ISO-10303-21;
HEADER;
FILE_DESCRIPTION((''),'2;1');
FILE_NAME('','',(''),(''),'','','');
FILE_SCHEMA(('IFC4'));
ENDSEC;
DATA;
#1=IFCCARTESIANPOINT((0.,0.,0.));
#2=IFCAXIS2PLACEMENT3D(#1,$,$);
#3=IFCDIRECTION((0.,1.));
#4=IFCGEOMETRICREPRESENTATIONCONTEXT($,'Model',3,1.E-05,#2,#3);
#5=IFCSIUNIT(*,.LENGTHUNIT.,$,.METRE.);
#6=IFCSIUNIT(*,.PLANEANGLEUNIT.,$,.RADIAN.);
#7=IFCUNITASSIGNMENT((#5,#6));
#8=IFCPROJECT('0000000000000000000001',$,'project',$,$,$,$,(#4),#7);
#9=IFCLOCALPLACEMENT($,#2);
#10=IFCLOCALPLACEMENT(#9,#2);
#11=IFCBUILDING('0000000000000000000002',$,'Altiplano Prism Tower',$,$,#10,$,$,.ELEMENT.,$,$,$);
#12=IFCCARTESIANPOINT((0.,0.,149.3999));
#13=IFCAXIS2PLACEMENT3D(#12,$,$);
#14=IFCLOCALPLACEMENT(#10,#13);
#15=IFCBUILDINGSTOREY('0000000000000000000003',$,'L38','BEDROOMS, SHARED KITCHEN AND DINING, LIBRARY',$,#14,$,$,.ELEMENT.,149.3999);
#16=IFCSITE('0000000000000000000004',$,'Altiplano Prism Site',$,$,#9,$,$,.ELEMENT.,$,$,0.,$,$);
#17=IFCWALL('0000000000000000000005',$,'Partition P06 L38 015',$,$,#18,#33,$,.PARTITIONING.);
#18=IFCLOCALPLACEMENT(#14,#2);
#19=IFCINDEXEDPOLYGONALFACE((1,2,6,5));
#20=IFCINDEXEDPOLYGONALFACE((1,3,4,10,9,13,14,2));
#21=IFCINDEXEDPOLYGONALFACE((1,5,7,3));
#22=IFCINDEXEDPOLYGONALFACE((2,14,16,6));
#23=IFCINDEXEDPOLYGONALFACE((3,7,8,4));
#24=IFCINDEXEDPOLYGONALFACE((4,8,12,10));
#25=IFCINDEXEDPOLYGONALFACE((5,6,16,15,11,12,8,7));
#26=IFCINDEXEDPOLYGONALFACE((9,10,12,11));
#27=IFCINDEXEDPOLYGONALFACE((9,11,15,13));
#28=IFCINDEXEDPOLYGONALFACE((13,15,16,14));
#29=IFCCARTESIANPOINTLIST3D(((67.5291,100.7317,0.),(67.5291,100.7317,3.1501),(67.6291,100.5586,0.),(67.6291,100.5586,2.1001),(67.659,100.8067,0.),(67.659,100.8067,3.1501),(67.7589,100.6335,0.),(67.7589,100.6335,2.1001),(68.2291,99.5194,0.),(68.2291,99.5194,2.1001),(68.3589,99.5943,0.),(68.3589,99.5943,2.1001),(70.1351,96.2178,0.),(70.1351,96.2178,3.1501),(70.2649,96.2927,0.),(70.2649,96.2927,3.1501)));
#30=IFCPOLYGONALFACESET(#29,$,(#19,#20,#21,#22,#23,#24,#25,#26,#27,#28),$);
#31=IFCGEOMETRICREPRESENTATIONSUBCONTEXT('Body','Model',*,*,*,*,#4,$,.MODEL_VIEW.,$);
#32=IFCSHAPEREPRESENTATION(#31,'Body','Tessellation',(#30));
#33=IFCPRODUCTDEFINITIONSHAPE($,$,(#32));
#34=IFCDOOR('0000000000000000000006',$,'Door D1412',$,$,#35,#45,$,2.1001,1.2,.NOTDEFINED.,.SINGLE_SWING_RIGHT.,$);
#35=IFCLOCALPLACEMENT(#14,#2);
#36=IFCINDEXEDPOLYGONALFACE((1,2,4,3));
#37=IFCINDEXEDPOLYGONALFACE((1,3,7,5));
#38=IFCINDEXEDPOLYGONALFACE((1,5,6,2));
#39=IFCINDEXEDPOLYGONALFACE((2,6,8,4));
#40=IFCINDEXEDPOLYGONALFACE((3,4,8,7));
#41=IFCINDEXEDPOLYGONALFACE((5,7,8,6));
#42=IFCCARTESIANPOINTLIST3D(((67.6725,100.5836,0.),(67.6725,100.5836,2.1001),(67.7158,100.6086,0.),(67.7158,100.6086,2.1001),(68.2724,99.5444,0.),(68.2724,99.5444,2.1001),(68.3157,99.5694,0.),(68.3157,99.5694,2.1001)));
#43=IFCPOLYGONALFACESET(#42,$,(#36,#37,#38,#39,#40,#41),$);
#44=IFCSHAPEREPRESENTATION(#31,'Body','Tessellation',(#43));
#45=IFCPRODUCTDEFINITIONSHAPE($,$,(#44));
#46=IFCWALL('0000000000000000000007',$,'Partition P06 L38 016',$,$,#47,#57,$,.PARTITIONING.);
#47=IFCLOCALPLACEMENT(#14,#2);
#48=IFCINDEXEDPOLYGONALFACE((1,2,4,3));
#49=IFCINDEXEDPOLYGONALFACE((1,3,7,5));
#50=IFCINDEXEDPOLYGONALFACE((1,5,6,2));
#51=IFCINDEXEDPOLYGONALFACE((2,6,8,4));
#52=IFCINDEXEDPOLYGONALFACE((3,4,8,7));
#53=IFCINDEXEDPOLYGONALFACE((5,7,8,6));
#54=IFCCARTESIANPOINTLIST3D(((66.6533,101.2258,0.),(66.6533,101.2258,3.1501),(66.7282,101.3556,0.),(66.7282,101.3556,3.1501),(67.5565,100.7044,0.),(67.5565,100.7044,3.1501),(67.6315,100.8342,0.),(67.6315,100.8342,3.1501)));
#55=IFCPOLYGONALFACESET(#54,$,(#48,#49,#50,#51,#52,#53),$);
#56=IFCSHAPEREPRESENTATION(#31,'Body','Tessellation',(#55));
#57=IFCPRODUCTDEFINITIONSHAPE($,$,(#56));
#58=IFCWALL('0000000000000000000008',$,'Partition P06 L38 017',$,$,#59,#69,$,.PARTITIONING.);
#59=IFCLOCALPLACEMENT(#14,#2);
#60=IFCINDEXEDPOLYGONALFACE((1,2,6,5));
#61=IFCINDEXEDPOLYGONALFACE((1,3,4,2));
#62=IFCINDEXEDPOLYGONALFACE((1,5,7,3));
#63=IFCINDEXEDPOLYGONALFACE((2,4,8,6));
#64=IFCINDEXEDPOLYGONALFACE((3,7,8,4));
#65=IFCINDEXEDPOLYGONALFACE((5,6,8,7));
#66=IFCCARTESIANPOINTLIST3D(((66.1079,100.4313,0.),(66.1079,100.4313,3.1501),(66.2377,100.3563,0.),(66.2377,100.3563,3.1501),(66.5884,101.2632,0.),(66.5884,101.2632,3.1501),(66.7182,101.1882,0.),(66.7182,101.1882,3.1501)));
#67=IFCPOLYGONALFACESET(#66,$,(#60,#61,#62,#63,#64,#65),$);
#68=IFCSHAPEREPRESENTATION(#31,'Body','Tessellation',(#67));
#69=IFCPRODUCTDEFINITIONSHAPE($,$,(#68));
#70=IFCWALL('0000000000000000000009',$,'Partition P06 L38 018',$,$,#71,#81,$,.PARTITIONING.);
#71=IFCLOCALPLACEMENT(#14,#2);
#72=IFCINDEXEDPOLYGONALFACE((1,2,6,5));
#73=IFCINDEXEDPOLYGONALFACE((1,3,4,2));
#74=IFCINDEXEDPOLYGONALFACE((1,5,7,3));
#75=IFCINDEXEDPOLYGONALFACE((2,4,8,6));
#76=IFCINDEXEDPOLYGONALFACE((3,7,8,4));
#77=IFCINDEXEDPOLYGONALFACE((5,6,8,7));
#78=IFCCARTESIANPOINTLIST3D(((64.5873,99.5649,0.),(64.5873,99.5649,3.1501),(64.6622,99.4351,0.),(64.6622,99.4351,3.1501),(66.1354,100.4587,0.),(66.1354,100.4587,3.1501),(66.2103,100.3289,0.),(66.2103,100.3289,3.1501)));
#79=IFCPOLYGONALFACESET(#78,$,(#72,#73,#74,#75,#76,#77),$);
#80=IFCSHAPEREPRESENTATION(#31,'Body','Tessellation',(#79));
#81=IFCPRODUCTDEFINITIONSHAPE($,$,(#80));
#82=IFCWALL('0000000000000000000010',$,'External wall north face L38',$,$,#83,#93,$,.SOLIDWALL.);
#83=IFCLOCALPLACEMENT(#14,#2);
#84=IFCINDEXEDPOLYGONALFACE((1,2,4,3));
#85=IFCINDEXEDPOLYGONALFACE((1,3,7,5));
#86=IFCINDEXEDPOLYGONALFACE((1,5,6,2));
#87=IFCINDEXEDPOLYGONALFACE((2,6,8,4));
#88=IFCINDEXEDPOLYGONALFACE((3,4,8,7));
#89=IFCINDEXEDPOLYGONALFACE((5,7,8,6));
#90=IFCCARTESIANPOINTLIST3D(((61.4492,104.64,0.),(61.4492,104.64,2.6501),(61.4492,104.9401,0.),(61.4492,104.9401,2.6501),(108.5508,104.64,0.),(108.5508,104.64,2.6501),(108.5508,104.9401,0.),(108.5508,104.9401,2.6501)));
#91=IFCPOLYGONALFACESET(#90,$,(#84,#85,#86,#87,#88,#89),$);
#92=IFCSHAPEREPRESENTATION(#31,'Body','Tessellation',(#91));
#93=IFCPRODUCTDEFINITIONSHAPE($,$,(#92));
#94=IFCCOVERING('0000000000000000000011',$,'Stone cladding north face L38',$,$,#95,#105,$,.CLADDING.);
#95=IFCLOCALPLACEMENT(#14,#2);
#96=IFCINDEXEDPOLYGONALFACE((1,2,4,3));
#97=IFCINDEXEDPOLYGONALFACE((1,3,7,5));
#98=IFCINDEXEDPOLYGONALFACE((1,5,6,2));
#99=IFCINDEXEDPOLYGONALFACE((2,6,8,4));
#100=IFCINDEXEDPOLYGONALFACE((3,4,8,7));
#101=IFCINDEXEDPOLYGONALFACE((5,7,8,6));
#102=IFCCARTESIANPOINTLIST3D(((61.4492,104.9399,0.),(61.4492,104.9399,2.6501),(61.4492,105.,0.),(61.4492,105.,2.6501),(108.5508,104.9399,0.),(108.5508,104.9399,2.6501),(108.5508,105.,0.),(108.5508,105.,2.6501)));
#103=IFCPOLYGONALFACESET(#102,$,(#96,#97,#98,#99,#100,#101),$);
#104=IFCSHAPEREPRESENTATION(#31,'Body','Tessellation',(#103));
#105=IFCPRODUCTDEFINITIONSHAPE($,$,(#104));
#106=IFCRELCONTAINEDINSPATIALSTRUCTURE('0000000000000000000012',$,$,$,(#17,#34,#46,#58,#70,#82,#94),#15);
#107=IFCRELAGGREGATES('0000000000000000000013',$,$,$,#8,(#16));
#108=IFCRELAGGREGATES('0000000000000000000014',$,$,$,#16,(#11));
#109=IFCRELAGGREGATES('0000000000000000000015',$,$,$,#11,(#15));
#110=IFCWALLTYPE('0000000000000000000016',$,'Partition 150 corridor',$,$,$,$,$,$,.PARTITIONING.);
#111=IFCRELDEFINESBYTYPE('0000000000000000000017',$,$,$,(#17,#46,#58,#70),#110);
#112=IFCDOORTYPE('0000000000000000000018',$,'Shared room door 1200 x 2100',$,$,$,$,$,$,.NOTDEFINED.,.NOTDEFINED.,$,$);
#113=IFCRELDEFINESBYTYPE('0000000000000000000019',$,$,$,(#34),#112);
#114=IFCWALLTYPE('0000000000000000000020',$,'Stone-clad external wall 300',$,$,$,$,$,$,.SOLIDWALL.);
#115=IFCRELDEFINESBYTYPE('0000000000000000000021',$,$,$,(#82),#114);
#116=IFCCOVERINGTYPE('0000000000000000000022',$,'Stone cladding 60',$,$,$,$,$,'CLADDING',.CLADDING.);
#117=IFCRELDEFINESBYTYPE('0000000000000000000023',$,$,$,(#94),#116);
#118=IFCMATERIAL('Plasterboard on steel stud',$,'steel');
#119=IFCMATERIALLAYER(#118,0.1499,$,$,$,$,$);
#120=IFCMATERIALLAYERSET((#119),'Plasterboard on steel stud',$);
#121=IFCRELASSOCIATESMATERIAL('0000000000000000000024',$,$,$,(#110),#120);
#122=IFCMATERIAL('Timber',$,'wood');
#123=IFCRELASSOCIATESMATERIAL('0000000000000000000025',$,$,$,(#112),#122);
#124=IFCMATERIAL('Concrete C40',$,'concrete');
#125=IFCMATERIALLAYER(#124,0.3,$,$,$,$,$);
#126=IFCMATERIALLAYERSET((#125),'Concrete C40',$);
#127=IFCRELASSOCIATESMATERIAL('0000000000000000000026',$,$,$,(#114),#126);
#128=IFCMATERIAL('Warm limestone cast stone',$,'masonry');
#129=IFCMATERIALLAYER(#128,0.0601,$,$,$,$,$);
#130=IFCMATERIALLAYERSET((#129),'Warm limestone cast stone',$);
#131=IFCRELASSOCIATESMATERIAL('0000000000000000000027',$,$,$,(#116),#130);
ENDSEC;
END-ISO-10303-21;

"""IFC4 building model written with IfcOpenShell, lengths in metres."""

from ifc_helpers import new_model, si_unit, direction, frame, frame_2d, origin, place, context, subcontext, project, spatial, rectangle, extrude, material, layer, layer_set, type_object, element, fill, save


model = new_model("IFC4")

# Units and contexts
model_context = context("Model", 3, precision=1e-05, world=origin(), true_north=direction((0.0, 1.0)))
body_context = subcontext(model_context, "Body", "Model", "MODEL_VIEW")
ifc_project = project(units=[si_unit("LENGTHUNIT", "METRE"), si_unit("PLANEANGLEUNIT", "RADIAN")], contexts=[model_context])

# Site, building, storey
site_placement = place(None, origin())
site = spatial("IfcSite", under=ifc_project, at=site_placement, Name="Altiplano Prism Site", CompositionType="ELEMENT", RefElevation=0.0)
building_placement = place(site_placement, origin())
building = spatial("IfcBuilding", under=site, at=building_placement, Name="Altiplano Prism Tower", CompositionType="ELEMENT")
storey_placement = place(building_placement, frame((0.0, 0.0, 149.3999)))
storey = spatial("IfcBuildingStorey", under=building, at=storey_placement, Name="L38", Description="BEDROOMS, SHARED KITCHEN AND DINING, LIBRARY", CompositionType="ELEMENT", Elevation=149.3999)

# Shared definitions
ifc_material_1 = material(Name="Plasterboard on steel stud", Category="steel")
ifc_layer_1 = layer(ifc_material_1, 0.1499)
ifc_layer_set_1 = layer_set([ifc_layer_1], Name="Plasterboard on steel stud")
wall_type_1 = type_object("IfcWallType", Name="Partition 150 corridor", PredefinedType="PARTITIONING", material=ifc_layer_set_1)

# Shared definitions
ifc_material_2 = material(Name="Timber", Category="wood")
door_type_1 = type_object("IfcDoorType", Name="Shared room door 1200 x 2100", OperationType="NOTDEFINED", PredefinedType="NOTDEFINED", material=ifc_material_2)

# Wall, opening, door
wall_1_placement = place(storey_placement, frame((70.2, 96.2554, 0.0), z_axis=(0.0, 0.0, 1.0), x_axis=(-0.499978, 0.866038, 0.0)))
wall_1 = element("IfcWall", 1, at=wall_1_placement, inside=storey, type_object=wall_type_1, Name="Partition P06 L38 015", PredefinedType="PARTITIONING", context=body_context, shape_type="SweptSolid", body=[
    extrude(rectangle(XDim=5.2122, YDim=0.1499, at=frame_2d((2.606, 0.0))), origin(), (0.0, 0.0, 1.0), 3.1501),
])
opening_1_placement = place(wall_1_placement, frame((3.812, 0.0, 0.0)))
opening_1 = element("IfcOpeningElement", 2, at=opening_1_placement, cuts=wall_1, PredefinedType="OPENING", context=body_context, shape_type="SweptSolid", body=[
    extrude(rectangle(XDim=1.2, YDim=2.1001, at=frame_2d((0.6001, 1.05))), frame((0.0, 0.0854, 0.0), z_axis=(0.0, -1.0, 0.0), x_axis=(1.0, 0.0, 0.0)), (0.0, 0.0, 1.0), 0.1709),
])
door_1_placement = place(opening_1_placement, origin())
door_1 = element("IfcDoor", 3, at=door_1_placement, inside=storey, type_object=door_type_1, Name="Door D1412", OperationType="SINGLE_SWING_RIGHT", OverallHeight=2.1001, OverallWidth=1.2, PredefinedType="NOTDEFINED", context=body_context, shape_type="SweptSolid", body=[
    extrude(rectangle(XDim=1.2, YDim=2.1001, at=frame_2d((0.6001, 1.05))), frame((0.0, 0.0249, 0.0), z_axis=(0.0, -1.0, 0.0), x_axis=(1.0, 0.0, 0.0)), (0.0, 0.0, 1.0), 0.05),
])
fill(opening_1, door_1)

# Walls
wall_2_placement = place(storey_placement, frame((67.594, 100.7693, 0.0), z_axis=(0.0, 0.0, 1.0), x_axis=(-0.866045, 0.499966, 0.0)))
element("IfcWall", 4, at=wall_2_placement, inside=storey, type_object=wall_type_1, Name="Partition P06 L38 016", PredefinedType="PARTITIONING", context=body_context, shape_type="SweptSolid", body=[
    extrude(rectangle(XDim=1.043, YDim=0.1499, at=frame_2d((0.5215, 0.0))), origin(), (0.0, 0.0, 1.0), 3.1501),
])
wall_3_placement = place(storey_placement, frame((66.6533, 101.2258, 0.0), z_axis=(0.0, 0.0, 1.0), x_axis=(-0.500074, -0.865982, 0.0)))
element("IfcWall", 5, at=wall_3_placement, inside=storey, type_object=wall_type_1, Name="Partition P06 L38 017", PredefinedType="PARTITIONING", context=body_context, shape_type="SweptSolid", body=[
    extrude(rectangle(XDim=0.9607, YDim=0.1499, at=frame_2d((0.4805, 0.0))), origin(), (0.0, 0.0, 1.0), 3.1501),
])
wall_4_placement = place(storey_placement, frame((66.1729, 100.3938, 0.0), z_axis=(0.0, 0.0, 1.0), x_axis=(-0.866024, -0.500002, 0.0)))
element("IfcWall", 6, at=wall_4_placement, inside=storey, type_object=wall_type_1, Name="Partition P06 L38 018", PredefinedType="PARTITIONING", context=body_context, shape_type="SweptSolid", body=[
    extrude(rectangle(XDim=1.7876, YDim=0.1499, at=frame_2d((0.8938, 0.0))), origin(), (0.0, 0.0, 1.0), 3.1501),
])
ifc_material_3 = material(Name="Concrete C40", Category="concrete")
ifc_layer_2 = layer(ifc_material_3, 0.3)
ifc_layer_set_2 = layer_set([ifc_layer_2], Name="Concrete C40")
wall_type_2 = type_object("IfcWallType", Name="Stone-clad external wall 300", PredefinedType="SOLIDWALL", material=ifc_layer_set_2)
wall_5_placement = place(storey_placement, frame((61.4492, 104.79, 0.0), z_axis=(0.0, 0.0, 1.0), x_axis=(1.0, 0.0, 0.0)))
element("IfcWall", 7, at=wall_5_placement, inside=storey, type_object=wall_type_2, Name="External wall north face L38", PredefinedType="SOLIDWALL", context=body_context, shape_type="SweptSolid", body=[
    extrude(rectangle(XDim=47.1016, YDim=0.3, at=frame_2d((23.5508, 0.0))), origin(), (0.0, 0.0, 1.0), 2.6501),
])

# Covering
ifc_material_4 = material(Name="Warm limestone cast stone", Category="masonry")
ifc_layer_3 = layer(ifc_material_4, 0.0601)
ifc_layer_set_3 = layer_set([ifc_layer_3], Name="Warm limestone cast stone")
covering_type = type_object("IfcCoveringType", Name="Stone cladding 60", ElementType="CLADDING", PredefinedType="CLADDING", material=ifc_layer_set_3)
covering_placement = place(storey_placement, frame((61.4492, 104.97, 0.0), z_axis=(0.0, 0.0, 1.0), x_axis=(1.0, 0.0, 0.0)))
element("IfcCovering", 8, at=covering_placement, inside=storey, type_object=covering_type, Name="Stone cladding north face L38", PredefinedType="CLADDING", context=body_context, shape_type="SweptSolid", body=[
    extrude(rectangle(XDim=47.1016, YDim=0.0601, at=frame_2d((23.5508, 0.0))), origin(), (0.0, 0.0, 1.0), 2.6501),
])

save(model, "model.ifc")
